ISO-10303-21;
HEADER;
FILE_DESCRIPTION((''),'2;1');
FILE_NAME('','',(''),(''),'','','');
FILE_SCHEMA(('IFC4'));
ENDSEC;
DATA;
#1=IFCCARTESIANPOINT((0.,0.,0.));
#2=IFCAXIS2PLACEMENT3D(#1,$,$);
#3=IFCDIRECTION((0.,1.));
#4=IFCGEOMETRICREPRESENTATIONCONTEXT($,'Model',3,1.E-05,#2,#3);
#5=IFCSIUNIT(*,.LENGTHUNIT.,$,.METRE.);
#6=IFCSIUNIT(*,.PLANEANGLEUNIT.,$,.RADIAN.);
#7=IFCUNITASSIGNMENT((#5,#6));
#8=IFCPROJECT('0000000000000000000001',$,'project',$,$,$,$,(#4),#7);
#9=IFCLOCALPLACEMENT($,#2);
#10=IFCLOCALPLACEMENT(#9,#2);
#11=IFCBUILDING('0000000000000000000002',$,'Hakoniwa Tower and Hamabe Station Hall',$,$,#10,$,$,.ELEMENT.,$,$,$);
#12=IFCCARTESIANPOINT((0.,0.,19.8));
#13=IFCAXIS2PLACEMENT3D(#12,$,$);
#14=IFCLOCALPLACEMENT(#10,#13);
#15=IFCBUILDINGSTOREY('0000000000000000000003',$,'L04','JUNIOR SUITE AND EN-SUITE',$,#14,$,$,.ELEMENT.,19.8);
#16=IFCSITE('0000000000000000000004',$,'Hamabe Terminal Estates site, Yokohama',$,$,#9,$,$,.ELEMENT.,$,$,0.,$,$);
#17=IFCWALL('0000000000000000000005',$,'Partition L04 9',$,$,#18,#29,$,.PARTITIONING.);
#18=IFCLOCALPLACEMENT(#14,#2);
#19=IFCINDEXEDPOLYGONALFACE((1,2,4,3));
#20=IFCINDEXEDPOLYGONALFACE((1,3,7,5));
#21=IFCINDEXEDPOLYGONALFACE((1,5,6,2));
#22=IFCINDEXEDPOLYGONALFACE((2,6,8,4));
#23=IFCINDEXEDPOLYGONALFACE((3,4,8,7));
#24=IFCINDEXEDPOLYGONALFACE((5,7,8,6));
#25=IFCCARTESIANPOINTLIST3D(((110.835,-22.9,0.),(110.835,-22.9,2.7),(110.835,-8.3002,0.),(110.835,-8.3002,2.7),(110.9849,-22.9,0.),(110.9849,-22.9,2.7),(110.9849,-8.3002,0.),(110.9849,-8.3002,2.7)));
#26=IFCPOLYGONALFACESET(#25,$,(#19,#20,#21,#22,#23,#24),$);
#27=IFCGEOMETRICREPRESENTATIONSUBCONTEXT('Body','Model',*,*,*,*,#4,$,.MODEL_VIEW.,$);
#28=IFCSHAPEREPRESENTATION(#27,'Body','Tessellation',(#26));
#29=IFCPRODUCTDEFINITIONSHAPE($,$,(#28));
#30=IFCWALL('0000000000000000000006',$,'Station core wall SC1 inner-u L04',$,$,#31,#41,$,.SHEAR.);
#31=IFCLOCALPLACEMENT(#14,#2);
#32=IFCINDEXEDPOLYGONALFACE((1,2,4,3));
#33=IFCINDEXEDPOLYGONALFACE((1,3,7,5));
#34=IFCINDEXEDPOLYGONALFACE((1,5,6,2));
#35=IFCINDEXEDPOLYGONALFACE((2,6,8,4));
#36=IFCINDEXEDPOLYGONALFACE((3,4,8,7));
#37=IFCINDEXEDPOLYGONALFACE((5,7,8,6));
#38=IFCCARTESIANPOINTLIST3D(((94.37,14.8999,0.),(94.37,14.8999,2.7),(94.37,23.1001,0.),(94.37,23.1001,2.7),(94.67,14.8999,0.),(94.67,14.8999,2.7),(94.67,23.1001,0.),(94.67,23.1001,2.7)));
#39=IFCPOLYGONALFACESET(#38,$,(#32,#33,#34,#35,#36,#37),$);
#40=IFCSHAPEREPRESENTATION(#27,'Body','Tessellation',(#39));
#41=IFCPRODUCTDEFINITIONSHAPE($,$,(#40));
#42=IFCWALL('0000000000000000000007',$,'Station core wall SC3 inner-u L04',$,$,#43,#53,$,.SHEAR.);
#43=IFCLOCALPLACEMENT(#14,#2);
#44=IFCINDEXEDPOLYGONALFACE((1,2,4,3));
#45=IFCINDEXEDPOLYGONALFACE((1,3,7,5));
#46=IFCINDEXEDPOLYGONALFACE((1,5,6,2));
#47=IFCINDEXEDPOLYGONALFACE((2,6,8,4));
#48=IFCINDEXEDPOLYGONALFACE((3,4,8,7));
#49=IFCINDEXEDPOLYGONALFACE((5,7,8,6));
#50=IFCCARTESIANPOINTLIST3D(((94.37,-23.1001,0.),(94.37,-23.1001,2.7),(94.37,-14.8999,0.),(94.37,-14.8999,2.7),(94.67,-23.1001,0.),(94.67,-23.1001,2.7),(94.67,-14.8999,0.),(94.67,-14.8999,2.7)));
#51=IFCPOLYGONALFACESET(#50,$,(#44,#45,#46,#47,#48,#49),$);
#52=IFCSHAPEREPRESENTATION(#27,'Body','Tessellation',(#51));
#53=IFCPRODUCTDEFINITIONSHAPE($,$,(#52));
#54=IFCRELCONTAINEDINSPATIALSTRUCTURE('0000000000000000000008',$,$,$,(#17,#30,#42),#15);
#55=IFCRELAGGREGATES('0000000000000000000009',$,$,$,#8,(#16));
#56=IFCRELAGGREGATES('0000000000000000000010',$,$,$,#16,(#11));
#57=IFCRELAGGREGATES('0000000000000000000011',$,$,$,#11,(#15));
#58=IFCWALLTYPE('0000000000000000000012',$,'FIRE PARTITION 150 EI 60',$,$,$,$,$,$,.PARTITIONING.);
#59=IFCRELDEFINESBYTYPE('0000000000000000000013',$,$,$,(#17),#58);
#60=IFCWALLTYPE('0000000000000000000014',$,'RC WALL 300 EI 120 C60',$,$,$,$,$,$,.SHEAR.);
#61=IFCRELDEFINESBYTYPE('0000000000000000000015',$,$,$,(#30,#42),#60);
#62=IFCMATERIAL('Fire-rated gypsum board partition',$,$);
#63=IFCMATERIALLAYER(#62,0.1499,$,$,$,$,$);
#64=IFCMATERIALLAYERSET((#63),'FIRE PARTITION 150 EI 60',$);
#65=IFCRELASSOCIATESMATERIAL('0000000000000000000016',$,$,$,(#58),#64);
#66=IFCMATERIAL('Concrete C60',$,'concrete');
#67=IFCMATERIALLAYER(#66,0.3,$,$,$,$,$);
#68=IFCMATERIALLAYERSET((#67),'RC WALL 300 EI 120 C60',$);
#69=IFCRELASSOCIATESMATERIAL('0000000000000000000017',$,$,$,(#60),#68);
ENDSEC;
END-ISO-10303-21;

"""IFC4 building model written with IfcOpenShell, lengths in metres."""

from ifc_helpers import new_model, si_unit, direction, frame, frame_2d, origin, place, context, subcontext, project, spatial, rectangle, extrude, material, layer, layer_set, type_object, element, save


model = new_model("IFC4")

# Units and contexts
model_context = context("Model", 3, precision=1e-05, world=origin(), true_north=direction((0.0, 1.0)))
body_context = subcontext(model_context, "Body", "Model", "MODEL_VIEW")
ifc_project = project(units=[si_unit("LENGTHUNIT", "METRE"), si_unit("PLANEANGLEUNIT", "RADIAN")], contexts=[model_context])

# Site, building, storey
site_placement = place(None, origin())
site = spatial("IfcSite", under=ifc_project, at=site_placement, Name="Hamabe Terminal Estates site, Yokohama", CompositionType="ELEMENT", RefElevation=0.0)
building_placement = place(site_placement, origin())
building = spatial("IfcBuilding", under=site, at=building_placement, Name="Hakoniwa Tower and Hamabe Station Hall", CompositionType="ELEMENT")
storey_placement = place(building_placement, frame((0.0, 0.0, 19.8)))
storey = spatial("IfcBuildingStorey", under=building, at=storey_placement, Name="L04", Description="JUNIOR SUITE AND EN-SUITE", CompositionType="ELEMENT", Elevation=19.8)

# Shared definitions
ifc_material_1 = material(Name="Fire-rated gypsum board partition")
ifc_layer_1 = layer(ifc_material_1, 0.1499)
ifc_layer_set_1 = layer_set([ifc_layer_1], Name="FIRE PARTITION 150 EI 60")
wall_type_1 = type_object("IfcWallType", Name="FIRE PARTITION 150 EI 60", PredefinedType="PARTITIONING", material=ifc_layer_set_1)

# Walls
wall_1_placement = place(storey_placement, frame((110.9099, -22.8999, 0.0), z_axis=(0.0, 0.0, 1.0), x_axis=(0.0, 1.0, 0.0)))
element("IfcWall", 1, at=wall_1_placement, inside=storey, type_object=wall_type_1, Name="Partition L04 9", PredefinedType="PARTITIONING", context=body_context, shape_type="SweptSolid", body=[
    extrude(rectangle(XDim=14.5999, YDim=0.1499, at=frame_2d((7.2998, 0.0))), origin(), (0.0, 0.0, 1.0), 2.7),
])
ifc_material_2 = material(Name="Concrete C60", Category="concrete")
ifc_layer_2 = layer(ifc_material_2, 0.3)
ifc_layer_set_2 = layer_set([ifc_layer_2], Name="RC WALL 300 EI 120 C60")
wall_type_2 = type_object("IfcWallType", Name="RC WALL 300 EI 120 C60", PredefinedType="SHEAR", material=ifc_layer_set_2)
for number, where, z_axis, x_axis, name in (
    (2, (94.52, 23.1001, 0.0), (0.0, 0.0, 1.0), (0.0, -1.0, 0.0), "Station core wall SC1 inner-u L04"),
    (3, (94.52, -23.1001, 0.0), (0.0, 0.0, 1.0), (0.0, 1.0, 0.0), "Station core wall SC3 inner-u L04"),
):
    element("IfcWall", number, at=place(storey_placement, frame(where, z_axis=z_axis, x_axis=x_axis)), inside=storey, type_object=wall_type_2, Name=name, PredefinedType="SHEAR", context=body_context, shape_type="SweptSolid", body=[
        extrude(rectangle(XDim=8.2002, YDim=0.3, at=frame_2d((4.1001, 0.0))), origin(), (0.0, 0.0, 1.0), 2.7),
    ])

save(model, "model.ifc")
